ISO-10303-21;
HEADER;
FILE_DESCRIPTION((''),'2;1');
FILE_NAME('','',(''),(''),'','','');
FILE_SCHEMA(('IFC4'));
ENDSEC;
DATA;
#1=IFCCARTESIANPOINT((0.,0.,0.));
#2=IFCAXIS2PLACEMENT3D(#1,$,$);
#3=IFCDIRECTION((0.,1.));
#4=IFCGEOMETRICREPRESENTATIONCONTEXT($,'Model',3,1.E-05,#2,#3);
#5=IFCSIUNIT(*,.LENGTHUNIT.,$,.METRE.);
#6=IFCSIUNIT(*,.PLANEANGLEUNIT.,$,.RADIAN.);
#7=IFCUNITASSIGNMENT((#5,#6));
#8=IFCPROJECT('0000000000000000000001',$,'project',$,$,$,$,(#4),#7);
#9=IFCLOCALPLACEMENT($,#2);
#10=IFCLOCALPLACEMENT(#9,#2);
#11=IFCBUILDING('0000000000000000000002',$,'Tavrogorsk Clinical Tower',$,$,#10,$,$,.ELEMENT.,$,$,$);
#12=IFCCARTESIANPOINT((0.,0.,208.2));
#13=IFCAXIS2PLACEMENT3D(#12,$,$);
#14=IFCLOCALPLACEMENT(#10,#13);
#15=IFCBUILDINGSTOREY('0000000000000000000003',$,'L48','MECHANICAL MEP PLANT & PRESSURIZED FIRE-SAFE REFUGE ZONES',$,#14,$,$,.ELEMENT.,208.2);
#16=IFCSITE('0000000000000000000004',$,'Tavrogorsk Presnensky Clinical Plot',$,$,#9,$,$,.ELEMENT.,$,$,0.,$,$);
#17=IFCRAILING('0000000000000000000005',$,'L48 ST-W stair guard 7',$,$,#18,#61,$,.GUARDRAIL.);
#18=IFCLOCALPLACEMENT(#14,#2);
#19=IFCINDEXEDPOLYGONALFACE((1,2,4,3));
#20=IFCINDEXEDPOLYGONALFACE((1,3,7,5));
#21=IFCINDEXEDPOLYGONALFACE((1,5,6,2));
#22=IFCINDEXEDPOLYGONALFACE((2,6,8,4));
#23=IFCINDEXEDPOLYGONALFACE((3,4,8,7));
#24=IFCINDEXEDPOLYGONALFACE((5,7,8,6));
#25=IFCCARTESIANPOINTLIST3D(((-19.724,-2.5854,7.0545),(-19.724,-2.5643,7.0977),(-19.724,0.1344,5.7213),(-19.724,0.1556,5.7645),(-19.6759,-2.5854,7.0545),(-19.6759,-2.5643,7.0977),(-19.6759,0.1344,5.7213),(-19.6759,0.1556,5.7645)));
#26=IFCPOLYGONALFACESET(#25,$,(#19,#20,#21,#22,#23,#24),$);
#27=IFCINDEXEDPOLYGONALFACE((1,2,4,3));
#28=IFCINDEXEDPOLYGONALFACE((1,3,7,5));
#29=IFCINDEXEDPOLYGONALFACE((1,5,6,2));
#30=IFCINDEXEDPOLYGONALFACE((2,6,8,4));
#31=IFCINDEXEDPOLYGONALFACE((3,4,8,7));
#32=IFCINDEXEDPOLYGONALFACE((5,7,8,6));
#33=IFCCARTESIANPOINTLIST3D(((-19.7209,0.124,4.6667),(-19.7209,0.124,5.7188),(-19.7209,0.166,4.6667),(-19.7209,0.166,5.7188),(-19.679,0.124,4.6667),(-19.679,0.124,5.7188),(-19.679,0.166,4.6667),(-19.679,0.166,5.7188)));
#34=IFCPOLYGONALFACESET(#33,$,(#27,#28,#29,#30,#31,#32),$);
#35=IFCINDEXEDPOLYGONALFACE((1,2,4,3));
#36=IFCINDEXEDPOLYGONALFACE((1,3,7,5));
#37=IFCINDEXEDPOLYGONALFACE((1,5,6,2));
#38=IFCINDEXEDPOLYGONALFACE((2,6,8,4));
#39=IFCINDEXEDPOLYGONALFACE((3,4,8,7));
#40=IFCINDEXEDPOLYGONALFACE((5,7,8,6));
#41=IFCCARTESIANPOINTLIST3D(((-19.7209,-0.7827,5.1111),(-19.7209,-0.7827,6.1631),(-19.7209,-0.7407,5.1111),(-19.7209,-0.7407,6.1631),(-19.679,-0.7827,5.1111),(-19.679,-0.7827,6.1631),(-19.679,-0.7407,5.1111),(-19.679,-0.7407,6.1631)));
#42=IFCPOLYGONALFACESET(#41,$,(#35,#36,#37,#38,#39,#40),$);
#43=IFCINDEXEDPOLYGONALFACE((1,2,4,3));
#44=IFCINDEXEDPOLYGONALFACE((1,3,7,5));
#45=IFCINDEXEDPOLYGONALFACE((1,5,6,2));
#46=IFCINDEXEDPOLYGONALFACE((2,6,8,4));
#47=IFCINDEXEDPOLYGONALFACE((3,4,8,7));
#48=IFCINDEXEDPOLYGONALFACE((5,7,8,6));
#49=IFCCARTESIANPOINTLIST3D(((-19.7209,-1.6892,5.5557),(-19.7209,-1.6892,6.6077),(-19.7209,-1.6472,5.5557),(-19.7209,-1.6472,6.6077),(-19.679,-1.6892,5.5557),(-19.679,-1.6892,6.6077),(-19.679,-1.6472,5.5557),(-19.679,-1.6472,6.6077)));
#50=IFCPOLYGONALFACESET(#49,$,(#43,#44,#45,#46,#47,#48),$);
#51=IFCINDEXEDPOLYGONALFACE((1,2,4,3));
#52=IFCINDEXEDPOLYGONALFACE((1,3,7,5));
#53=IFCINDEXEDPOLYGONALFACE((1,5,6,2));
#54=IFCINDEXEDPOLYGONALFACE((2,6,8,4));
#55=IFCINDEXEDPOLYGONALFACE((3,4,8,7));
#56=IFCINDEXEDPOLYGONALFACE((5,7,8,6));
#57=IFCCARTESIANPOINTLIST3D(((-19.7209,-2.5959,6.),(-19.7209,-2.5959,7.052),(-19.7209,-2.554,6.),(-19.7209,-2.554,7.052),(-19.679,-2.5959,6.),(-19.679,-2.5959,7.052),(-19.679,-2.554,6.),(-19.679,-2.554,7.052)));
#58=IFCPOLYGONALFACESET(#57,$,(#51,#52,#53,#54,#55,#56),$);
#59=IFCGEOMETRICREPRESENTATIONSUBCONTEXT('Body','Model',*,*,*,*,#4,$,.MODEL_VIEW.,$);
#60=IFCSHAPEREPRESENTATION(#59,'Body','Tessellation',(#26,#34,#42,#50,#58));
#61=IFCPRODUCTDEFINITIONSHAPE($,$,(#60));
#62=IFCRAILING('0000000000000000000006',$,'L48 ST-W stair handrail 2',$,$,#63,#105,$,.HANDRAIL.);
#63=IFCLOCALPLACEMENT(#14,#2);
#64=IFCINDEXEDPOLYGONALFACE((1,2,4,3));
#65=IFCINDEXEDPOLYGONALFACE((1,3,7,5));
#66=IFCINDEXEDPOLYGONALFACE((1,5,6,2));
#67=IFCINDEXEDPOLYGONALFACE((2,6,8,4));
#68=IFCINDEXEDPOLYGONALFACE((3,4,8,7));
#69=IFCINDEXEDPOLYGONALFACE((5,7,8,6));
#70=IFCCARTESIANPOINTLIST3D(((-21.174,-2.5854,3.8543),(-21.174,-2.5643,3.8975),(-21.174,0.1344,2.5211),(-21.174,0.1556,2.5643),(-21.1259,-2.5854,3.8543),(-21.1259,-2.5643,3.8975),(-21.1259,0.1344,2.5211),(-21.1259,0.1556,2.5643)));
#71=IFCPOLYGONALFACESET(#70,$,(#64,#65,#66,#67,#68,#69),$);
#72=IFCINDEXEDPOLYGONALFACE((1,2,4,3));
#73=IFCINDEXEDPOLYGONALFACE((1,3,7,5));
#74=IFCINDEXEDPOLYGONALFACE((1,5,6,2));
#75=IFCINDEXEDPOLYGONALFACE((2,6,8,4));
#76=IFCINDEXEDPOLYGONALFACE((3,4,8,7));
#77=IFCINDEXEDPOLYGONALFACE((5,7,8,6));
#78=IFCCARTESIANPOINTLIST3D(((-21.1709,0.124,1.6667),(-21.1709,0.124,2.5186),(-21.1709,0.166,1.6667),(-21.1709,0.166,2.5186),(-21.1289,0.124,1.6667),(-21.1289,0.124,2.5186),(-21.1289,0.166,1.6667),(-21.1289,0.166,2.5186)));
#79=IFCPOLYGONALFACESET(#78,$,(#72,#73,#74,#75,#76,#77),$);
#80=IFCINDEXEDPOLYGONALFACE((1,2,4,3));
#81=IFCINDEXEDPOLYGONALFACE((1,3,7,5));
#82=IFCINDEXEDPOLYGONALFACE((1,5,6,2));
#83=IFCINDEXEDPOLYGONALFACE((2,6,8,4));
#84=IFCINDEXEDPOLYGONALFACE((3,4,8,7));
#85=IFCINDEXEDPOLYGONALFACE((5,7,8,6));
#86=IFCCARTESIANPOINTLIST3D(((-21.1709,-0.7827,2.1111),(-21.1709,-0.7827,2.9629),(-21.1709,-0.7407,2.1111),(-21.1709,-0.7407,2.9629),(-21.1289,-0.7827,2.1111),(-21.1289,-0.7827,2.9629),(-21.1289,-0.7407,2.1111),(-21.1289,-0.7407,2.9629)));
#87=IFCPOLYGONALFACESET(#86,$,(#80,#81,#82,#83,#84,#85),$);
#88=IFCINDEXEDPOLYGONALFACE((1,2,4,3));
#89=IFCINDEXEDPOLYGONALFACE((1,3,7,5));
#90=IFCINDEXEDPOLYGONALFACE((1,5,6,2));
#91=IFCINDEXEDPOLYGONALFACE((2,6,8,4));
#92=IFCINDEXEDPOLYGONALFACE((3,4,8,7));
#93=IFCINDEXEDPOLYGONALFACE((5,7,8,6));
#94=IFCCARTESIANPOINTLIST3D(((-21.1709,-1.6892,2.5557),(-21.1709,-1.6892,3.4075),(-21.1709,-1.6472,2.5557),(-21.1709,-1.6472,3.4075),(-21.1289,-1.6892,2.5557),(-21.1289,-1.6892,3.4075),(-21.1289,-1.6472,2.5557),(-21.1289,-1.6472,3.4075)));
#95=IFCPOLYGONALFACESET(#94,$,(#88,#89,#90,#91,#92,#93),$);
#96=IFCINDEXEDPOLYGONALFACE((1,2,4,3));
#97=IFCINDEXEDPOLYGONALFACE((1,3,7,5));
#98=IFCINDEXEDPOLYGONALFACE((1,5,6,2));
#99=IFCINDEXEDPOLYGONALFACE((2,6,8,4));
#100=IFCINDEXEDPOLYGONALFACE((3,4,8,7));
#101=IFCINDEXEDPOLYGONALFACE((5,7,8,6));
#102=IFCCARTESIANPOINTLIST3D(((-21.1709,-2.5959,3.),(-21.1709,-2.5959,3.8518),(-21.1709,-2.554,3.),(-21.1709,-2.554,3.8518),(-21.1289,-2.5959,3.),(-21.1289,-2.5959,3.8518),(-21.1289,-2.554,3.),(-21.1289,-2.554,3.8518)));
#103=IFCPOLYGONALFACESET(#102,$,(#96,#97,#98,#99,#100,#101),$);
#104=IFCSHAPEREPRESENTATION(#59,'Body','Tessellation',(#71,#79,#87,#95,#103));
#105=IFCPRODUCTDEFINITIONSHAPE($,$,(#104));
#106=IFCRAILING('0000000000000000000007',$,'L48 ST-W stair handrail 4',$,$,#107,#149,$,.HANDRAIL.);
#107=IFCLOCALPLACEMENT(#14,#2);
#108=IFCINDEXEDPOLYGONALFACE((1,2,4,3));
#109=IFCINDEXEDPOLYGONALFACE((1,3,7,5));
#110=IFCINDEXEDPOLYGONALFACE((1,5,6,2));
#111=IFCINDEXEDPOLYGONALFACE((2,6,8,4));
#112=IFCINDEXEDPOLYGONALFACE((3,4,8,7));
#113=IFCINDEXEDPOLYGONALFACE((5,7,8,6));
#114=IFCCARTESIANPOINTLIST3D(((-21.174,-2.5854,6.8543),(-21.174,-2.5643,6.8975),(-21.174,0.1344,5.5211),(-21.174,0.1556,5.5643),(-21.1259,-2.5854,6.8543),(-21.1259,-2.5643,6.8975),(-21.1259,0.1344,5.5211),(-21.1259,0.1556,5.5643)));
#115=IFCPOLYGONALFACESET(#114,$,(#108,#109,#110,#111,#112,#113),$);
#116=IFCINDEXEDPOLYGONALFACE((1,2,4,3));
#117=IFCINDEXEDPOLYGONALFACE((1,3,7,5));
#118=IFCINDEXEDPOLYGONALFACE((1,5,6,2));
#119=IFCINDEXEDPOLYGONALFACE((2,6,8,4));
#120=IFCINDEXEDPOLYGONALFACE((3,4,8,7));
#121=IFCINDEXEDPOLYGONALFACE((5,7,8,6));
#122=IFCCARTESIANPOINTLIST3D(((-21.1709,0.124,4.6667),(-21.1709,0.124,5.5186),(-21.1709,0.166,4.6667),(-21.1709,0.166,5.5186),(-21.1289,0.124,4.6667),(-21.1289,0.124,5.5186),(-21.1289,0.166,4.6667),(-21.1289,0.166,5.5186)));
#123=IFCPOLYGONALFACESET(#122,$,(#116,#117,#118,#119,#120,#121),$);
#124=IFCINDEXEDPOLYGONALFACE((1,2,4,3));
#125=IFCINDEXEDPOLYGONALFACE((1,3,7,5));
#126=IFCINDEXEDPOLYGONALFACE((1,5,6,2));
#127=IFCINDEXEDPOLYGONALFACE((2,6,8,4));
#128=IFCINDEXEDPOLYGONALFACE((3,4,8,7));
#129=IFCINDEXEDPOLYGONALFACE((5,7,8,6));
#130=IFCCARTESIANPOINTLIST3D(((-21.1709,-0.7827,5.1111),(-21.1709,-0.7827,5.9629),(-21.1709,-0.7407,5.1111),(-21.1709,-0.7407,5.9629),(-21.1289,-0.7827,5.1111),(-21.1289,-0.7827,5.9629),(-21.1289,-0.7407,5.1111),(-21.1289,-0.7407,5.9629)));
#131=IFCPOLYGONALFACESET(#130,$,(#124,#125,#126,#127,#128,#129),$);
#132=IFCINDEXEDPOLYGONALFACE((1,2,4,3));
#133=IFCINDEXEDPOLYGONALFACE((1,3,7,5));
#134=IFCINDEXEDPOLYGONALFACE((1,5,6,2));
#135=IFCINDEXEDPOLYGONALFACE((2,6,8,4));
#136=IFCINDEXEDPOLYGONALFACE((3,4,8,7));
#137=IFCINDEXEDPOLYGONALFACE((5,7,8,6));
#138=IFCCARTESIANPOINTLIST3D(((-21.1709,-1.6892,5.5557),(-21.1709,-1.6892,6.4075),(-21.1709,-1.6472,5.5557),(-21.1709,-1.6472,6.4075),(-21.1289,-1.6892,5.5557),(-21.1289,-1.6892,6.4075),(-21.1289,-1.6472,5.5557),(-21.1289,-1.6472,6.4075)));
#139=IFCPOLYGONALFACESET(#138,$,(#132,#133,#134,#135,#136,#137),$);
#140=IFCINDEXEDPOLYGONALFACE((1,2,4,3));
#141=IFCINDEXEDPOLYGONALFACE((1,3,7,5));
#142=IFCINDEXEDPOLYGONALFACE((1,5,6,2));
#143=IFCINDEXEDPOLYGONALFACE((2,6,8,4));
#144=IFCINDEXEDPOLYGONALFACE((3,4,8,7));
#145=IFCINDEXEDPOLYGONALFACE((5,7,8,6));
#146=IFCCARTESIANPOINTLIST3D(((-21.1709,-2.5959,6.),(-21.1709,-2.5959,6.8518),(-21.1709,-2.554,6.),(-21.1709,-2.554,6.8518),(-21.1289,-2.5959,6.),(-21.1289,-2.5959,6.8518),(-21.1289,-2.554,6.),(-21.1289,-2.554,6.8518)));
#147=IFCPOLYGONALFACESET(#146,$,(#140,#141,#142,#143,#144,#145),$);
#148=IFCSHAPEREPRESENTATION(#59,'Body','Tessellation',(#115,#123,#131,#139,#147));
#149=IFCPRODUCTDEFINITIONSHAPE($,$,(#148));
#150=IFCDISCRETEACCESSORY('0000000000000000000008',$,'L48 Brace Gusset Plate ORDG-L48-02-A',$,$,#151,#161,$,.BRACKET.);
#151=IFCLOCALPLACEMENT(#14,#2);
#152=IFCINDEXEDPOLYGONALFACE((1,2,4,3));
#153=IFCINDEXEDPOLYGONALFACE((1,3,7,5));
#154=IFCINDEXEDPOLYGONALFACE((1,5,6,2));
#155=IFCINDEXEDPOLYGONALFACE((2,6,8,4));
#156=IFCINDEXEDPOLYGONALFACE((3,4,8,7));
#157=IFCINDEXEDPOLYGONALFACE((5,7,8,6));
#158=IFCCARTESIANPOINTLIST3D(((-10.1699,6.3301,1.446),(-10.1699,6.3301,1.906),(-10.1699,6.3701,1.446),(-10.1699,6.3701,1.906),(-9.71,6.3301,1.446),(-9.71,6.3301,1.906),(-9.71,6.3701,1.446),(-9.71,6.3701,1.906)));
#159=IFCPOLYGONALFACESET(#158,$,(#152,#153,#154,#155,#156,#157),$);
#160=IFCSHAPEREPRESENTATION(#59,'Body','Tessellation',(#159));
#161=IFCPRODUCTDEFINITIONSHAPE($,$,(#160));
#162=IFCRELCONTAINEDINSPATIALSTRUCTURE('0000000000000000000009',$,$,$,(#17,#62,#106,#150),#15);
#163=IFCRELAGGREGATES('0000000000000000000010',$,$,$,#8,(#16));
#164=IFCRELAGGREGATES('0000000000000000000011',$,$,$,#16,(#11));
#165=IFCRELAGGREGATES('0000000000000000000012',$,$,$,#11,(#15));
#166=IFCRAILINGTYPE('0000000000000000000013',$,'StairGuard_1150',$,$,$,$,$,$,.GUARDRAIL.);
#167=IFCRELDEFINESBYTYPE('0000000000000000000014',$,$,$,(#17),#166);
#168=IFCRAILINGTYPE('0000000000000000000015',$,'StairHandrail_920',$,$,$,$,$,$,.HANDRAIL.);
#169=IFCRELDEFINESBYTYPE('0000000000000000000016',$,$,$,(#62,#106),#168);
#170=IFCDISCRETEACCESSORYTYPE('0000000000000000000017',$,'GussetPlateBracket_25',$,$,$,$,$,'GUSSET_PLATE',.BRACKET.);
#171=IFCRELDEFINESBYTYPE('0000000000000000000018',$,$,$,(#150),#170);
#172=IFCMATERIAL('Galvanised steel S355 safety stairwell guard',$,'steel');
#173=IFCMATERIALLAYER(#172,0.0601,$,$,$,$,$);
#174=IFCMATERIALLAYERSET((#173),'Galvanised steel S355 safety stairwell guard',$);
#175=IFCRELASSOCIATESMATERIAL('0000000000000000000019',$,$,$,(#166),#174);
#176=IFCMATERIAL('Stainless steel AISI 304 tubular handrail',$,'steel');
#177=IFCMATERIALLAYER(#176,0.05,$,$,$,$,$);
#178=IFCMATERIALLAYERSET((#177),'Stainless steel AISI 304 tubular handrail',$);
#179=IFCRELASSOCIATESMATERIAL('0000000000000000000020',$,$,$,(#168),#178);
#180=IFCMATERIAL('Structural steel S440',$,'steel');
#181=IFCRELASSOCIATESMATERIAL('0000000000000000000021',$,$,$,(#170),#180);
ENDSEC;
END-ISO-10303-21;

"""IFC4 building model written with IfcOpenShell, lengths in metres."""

from ifc_helpers import new_model, si_unit, direction, frame, origin, origin_2d, place, context, subcontext, project, spatial, rectangle, extrude, material, layer, layer_set, type_object, element, save


model = new_model("IFC4")

# Units and contexts
model_context = context("Model", 3, precision=1e-05, world=origin(), true_north=direction((0.0, 1.0)))
body_context = subcontext(model_context, "Body", "Model", "MODEL_VIEW")
ifc_project = project(units=[si_unit("LENGTHUNIT", "METRE"), si_unit("PLANEANGLEUNIT", "RADIAN")], contexts=[model_context])

# Site, building, storey
site_placement = place(None, origin())
site = spatial("IfcSite", under=ifc_project, at=site_placement, Name="Tavrogorsk Presnensky Clinical Plot", CompositionType="ELEMENT", RefElevation=0.0)
building_placement = place(site_placement, origin())
building = spatial("IfcBuilding", under=site, at=building_placement, Name="Tavrogorsk Clinical Tower", CompositionType="ELEMENT")
storey_placement = place(building_placement, frame((0.0, 0.0, 208.2)))
storey = spatial("IfcBuildingStorey", under=building, at=storey_placement, Name="L48", Description="MECHANICAL MEP PLANT & PRESSURIZED FIRE-SAFE REFUGE ZONES", CompositionType="ELEMENT", Elevation=208.2)

# Railings
ifc_material_1 = material(Name="Galvanised steel S355 safety stairwell guard", Category="steel")
ifc_layer_1 = layer(ifc_material_1, 0.0601)
ifc_layer_set_1 = layer_set([ifc_layer_1], Name="Galvanised steel S355 safety stairwell guard")
railing_type_1 = type_object("IfcRailingType", Name="StairGuard_1150", PredefinedType="GUARDRAIL", material=ifc_layer_set_1)
railing_1_placement = place(storey_placement, frame((-19.7, 0.145, 4.6667)))
element("IfcRailing", 1, at=railing_1_placement, inside=storey, type_object=railing_type_1, Name="L48 ST-W stair guard 7", PredefinedType="GUARDRAIL", context=body_context, shape_type="SweptSolid", body=[
    extrude(rectangle(XDim=0.0481, YDim=0.0481, at=origin_2d()), frame((0.0, 0.0, 1.0762), z_axis=(0.0, -0.897929, 0.440139), x_axis=(1.0, 0.0, 0.0)), (0.0, 0.0, 1.0), 3.0291),
    extrude(rectangle(XDim=0.042, YDim=0.042, at=origin_2d()), origin(), (0.0, 0.0, 1.0), 1.052),
    extrude(rectangle(XDim=0.042, YDim=0.042, at=origin_2d()), frame((0.0, -0.9067, 0.4443)), (0.0, 0.0, 1.0), 1.052),
    extrude(rectangle(XDim=0.042, YDim=0.042, at=origin_2d()), frame((0.0, -1.8132, 0.8889)), (0.0, 0.0, 1.0), 1.052),
    extrude(rectangle(XDim=0.042, YDim=0.042, at=origin_2d()), frame((0.0, -2.72, 1.3333)), (0.0, 0.0, 1.0), 1.052),
])
ifc_material_2 = material(Name="Stainless steel AISI 304 tubular handrail", Category="steel")
ifc_layer_2 = layer(ifc_material_2, 0.05)
ifc_layer_set_2 = layer_set([ifc_layer_2], Name="Stainless steel AISI 304 tubular handrail")
railing_type_2 = type_object("IfcRailingType", Name="StairHandrail_920", PredefinedType="HANDRAIL", material=ifc_layer_set_2)
for number, where, name in (
    (2, (-21.1499, 0.145, 1.6667), "L48 ST-W stair handrail 2"),
    (3, (-21.1499, 0.145, 4.6667), "L48 ST-W stair handrail 4"),
):
    element("IfcRailing", number, at=place(storey_placement, frame(where)), inside=storey, type_object=railing_type_2, Name=name, PredefinedType="HANDRAIL", context=body_context, shape_type="SweptSolid", body=[
        extrude(rectangle(XDim=0.0481, YDim=0.0481, at=origin_2d()), frame((0.0, 0.0, 0.876), z_axis=(0.0, -0.897929, 0.440139), x_axis=(1.0, 0.0, 0.0)), (0.0, 0.0, 1.0), 3.0291),
        extrude(rectangle(XDim=0.042, YDim=0.042, at=origin_2d()), origin(), (0.0, 0.0, 1.0), 0.8518),
        extrude(rectangle(XDim=0.042, YDim=0.042, at=origin_2d()), frame((0.0, -0.9067, 0.4443)), (0.0, 0.0, 1.0), 0.8518),
        extrude(rectangle(XDim=0.042, YDim=0.042, at=origin_2d()), frame((0.0, -1.8132, 0.8889)), (0.0, 0.0, 1.0), 0.8518),
        extrude(rectangle(XDim=0.042, YDim=0.042, at=origin_2d()), frame((0.0, -2.72, 1.3333)), (0.0, 0.0, 1.0), 0.8518),
    ])

# Discrete accessory
ifc_material_3 = material(Name="Structural steel S440", Category="steel")
discrete_accessory_type = type_object("IfcDiscreteAccessoryType", Name="GussetPlateBracket_25", ElementType="GUSSET_PLATE", PredefinedType="BRACKET", material=ifc_material_3)
discrete_accessory_placement = place(storey_placement, frame((-9.9399, 6.3501, 1.446), z_axis=(0.0, 0.0, 1.0), x_axis=(1.0, 0.0, 0.0)))
element("IfcDiscreteAccessory", 4, at=discrete_accessory_placement, inside=storey, type_object=discrete_accessory_type, Name="L48 Brace Gusset Plate ORDG-L48-02-A", PredefinedType="BRACKET", context=body_context, shape_type="SweptSolid", body=[
    extrude(rectangle(XDim=0.46, YDim=0.04, at=origin_2d()), origin(), (0.0, 0.0, 1.0), 0.46),
])

save(model, "model.ifc")
